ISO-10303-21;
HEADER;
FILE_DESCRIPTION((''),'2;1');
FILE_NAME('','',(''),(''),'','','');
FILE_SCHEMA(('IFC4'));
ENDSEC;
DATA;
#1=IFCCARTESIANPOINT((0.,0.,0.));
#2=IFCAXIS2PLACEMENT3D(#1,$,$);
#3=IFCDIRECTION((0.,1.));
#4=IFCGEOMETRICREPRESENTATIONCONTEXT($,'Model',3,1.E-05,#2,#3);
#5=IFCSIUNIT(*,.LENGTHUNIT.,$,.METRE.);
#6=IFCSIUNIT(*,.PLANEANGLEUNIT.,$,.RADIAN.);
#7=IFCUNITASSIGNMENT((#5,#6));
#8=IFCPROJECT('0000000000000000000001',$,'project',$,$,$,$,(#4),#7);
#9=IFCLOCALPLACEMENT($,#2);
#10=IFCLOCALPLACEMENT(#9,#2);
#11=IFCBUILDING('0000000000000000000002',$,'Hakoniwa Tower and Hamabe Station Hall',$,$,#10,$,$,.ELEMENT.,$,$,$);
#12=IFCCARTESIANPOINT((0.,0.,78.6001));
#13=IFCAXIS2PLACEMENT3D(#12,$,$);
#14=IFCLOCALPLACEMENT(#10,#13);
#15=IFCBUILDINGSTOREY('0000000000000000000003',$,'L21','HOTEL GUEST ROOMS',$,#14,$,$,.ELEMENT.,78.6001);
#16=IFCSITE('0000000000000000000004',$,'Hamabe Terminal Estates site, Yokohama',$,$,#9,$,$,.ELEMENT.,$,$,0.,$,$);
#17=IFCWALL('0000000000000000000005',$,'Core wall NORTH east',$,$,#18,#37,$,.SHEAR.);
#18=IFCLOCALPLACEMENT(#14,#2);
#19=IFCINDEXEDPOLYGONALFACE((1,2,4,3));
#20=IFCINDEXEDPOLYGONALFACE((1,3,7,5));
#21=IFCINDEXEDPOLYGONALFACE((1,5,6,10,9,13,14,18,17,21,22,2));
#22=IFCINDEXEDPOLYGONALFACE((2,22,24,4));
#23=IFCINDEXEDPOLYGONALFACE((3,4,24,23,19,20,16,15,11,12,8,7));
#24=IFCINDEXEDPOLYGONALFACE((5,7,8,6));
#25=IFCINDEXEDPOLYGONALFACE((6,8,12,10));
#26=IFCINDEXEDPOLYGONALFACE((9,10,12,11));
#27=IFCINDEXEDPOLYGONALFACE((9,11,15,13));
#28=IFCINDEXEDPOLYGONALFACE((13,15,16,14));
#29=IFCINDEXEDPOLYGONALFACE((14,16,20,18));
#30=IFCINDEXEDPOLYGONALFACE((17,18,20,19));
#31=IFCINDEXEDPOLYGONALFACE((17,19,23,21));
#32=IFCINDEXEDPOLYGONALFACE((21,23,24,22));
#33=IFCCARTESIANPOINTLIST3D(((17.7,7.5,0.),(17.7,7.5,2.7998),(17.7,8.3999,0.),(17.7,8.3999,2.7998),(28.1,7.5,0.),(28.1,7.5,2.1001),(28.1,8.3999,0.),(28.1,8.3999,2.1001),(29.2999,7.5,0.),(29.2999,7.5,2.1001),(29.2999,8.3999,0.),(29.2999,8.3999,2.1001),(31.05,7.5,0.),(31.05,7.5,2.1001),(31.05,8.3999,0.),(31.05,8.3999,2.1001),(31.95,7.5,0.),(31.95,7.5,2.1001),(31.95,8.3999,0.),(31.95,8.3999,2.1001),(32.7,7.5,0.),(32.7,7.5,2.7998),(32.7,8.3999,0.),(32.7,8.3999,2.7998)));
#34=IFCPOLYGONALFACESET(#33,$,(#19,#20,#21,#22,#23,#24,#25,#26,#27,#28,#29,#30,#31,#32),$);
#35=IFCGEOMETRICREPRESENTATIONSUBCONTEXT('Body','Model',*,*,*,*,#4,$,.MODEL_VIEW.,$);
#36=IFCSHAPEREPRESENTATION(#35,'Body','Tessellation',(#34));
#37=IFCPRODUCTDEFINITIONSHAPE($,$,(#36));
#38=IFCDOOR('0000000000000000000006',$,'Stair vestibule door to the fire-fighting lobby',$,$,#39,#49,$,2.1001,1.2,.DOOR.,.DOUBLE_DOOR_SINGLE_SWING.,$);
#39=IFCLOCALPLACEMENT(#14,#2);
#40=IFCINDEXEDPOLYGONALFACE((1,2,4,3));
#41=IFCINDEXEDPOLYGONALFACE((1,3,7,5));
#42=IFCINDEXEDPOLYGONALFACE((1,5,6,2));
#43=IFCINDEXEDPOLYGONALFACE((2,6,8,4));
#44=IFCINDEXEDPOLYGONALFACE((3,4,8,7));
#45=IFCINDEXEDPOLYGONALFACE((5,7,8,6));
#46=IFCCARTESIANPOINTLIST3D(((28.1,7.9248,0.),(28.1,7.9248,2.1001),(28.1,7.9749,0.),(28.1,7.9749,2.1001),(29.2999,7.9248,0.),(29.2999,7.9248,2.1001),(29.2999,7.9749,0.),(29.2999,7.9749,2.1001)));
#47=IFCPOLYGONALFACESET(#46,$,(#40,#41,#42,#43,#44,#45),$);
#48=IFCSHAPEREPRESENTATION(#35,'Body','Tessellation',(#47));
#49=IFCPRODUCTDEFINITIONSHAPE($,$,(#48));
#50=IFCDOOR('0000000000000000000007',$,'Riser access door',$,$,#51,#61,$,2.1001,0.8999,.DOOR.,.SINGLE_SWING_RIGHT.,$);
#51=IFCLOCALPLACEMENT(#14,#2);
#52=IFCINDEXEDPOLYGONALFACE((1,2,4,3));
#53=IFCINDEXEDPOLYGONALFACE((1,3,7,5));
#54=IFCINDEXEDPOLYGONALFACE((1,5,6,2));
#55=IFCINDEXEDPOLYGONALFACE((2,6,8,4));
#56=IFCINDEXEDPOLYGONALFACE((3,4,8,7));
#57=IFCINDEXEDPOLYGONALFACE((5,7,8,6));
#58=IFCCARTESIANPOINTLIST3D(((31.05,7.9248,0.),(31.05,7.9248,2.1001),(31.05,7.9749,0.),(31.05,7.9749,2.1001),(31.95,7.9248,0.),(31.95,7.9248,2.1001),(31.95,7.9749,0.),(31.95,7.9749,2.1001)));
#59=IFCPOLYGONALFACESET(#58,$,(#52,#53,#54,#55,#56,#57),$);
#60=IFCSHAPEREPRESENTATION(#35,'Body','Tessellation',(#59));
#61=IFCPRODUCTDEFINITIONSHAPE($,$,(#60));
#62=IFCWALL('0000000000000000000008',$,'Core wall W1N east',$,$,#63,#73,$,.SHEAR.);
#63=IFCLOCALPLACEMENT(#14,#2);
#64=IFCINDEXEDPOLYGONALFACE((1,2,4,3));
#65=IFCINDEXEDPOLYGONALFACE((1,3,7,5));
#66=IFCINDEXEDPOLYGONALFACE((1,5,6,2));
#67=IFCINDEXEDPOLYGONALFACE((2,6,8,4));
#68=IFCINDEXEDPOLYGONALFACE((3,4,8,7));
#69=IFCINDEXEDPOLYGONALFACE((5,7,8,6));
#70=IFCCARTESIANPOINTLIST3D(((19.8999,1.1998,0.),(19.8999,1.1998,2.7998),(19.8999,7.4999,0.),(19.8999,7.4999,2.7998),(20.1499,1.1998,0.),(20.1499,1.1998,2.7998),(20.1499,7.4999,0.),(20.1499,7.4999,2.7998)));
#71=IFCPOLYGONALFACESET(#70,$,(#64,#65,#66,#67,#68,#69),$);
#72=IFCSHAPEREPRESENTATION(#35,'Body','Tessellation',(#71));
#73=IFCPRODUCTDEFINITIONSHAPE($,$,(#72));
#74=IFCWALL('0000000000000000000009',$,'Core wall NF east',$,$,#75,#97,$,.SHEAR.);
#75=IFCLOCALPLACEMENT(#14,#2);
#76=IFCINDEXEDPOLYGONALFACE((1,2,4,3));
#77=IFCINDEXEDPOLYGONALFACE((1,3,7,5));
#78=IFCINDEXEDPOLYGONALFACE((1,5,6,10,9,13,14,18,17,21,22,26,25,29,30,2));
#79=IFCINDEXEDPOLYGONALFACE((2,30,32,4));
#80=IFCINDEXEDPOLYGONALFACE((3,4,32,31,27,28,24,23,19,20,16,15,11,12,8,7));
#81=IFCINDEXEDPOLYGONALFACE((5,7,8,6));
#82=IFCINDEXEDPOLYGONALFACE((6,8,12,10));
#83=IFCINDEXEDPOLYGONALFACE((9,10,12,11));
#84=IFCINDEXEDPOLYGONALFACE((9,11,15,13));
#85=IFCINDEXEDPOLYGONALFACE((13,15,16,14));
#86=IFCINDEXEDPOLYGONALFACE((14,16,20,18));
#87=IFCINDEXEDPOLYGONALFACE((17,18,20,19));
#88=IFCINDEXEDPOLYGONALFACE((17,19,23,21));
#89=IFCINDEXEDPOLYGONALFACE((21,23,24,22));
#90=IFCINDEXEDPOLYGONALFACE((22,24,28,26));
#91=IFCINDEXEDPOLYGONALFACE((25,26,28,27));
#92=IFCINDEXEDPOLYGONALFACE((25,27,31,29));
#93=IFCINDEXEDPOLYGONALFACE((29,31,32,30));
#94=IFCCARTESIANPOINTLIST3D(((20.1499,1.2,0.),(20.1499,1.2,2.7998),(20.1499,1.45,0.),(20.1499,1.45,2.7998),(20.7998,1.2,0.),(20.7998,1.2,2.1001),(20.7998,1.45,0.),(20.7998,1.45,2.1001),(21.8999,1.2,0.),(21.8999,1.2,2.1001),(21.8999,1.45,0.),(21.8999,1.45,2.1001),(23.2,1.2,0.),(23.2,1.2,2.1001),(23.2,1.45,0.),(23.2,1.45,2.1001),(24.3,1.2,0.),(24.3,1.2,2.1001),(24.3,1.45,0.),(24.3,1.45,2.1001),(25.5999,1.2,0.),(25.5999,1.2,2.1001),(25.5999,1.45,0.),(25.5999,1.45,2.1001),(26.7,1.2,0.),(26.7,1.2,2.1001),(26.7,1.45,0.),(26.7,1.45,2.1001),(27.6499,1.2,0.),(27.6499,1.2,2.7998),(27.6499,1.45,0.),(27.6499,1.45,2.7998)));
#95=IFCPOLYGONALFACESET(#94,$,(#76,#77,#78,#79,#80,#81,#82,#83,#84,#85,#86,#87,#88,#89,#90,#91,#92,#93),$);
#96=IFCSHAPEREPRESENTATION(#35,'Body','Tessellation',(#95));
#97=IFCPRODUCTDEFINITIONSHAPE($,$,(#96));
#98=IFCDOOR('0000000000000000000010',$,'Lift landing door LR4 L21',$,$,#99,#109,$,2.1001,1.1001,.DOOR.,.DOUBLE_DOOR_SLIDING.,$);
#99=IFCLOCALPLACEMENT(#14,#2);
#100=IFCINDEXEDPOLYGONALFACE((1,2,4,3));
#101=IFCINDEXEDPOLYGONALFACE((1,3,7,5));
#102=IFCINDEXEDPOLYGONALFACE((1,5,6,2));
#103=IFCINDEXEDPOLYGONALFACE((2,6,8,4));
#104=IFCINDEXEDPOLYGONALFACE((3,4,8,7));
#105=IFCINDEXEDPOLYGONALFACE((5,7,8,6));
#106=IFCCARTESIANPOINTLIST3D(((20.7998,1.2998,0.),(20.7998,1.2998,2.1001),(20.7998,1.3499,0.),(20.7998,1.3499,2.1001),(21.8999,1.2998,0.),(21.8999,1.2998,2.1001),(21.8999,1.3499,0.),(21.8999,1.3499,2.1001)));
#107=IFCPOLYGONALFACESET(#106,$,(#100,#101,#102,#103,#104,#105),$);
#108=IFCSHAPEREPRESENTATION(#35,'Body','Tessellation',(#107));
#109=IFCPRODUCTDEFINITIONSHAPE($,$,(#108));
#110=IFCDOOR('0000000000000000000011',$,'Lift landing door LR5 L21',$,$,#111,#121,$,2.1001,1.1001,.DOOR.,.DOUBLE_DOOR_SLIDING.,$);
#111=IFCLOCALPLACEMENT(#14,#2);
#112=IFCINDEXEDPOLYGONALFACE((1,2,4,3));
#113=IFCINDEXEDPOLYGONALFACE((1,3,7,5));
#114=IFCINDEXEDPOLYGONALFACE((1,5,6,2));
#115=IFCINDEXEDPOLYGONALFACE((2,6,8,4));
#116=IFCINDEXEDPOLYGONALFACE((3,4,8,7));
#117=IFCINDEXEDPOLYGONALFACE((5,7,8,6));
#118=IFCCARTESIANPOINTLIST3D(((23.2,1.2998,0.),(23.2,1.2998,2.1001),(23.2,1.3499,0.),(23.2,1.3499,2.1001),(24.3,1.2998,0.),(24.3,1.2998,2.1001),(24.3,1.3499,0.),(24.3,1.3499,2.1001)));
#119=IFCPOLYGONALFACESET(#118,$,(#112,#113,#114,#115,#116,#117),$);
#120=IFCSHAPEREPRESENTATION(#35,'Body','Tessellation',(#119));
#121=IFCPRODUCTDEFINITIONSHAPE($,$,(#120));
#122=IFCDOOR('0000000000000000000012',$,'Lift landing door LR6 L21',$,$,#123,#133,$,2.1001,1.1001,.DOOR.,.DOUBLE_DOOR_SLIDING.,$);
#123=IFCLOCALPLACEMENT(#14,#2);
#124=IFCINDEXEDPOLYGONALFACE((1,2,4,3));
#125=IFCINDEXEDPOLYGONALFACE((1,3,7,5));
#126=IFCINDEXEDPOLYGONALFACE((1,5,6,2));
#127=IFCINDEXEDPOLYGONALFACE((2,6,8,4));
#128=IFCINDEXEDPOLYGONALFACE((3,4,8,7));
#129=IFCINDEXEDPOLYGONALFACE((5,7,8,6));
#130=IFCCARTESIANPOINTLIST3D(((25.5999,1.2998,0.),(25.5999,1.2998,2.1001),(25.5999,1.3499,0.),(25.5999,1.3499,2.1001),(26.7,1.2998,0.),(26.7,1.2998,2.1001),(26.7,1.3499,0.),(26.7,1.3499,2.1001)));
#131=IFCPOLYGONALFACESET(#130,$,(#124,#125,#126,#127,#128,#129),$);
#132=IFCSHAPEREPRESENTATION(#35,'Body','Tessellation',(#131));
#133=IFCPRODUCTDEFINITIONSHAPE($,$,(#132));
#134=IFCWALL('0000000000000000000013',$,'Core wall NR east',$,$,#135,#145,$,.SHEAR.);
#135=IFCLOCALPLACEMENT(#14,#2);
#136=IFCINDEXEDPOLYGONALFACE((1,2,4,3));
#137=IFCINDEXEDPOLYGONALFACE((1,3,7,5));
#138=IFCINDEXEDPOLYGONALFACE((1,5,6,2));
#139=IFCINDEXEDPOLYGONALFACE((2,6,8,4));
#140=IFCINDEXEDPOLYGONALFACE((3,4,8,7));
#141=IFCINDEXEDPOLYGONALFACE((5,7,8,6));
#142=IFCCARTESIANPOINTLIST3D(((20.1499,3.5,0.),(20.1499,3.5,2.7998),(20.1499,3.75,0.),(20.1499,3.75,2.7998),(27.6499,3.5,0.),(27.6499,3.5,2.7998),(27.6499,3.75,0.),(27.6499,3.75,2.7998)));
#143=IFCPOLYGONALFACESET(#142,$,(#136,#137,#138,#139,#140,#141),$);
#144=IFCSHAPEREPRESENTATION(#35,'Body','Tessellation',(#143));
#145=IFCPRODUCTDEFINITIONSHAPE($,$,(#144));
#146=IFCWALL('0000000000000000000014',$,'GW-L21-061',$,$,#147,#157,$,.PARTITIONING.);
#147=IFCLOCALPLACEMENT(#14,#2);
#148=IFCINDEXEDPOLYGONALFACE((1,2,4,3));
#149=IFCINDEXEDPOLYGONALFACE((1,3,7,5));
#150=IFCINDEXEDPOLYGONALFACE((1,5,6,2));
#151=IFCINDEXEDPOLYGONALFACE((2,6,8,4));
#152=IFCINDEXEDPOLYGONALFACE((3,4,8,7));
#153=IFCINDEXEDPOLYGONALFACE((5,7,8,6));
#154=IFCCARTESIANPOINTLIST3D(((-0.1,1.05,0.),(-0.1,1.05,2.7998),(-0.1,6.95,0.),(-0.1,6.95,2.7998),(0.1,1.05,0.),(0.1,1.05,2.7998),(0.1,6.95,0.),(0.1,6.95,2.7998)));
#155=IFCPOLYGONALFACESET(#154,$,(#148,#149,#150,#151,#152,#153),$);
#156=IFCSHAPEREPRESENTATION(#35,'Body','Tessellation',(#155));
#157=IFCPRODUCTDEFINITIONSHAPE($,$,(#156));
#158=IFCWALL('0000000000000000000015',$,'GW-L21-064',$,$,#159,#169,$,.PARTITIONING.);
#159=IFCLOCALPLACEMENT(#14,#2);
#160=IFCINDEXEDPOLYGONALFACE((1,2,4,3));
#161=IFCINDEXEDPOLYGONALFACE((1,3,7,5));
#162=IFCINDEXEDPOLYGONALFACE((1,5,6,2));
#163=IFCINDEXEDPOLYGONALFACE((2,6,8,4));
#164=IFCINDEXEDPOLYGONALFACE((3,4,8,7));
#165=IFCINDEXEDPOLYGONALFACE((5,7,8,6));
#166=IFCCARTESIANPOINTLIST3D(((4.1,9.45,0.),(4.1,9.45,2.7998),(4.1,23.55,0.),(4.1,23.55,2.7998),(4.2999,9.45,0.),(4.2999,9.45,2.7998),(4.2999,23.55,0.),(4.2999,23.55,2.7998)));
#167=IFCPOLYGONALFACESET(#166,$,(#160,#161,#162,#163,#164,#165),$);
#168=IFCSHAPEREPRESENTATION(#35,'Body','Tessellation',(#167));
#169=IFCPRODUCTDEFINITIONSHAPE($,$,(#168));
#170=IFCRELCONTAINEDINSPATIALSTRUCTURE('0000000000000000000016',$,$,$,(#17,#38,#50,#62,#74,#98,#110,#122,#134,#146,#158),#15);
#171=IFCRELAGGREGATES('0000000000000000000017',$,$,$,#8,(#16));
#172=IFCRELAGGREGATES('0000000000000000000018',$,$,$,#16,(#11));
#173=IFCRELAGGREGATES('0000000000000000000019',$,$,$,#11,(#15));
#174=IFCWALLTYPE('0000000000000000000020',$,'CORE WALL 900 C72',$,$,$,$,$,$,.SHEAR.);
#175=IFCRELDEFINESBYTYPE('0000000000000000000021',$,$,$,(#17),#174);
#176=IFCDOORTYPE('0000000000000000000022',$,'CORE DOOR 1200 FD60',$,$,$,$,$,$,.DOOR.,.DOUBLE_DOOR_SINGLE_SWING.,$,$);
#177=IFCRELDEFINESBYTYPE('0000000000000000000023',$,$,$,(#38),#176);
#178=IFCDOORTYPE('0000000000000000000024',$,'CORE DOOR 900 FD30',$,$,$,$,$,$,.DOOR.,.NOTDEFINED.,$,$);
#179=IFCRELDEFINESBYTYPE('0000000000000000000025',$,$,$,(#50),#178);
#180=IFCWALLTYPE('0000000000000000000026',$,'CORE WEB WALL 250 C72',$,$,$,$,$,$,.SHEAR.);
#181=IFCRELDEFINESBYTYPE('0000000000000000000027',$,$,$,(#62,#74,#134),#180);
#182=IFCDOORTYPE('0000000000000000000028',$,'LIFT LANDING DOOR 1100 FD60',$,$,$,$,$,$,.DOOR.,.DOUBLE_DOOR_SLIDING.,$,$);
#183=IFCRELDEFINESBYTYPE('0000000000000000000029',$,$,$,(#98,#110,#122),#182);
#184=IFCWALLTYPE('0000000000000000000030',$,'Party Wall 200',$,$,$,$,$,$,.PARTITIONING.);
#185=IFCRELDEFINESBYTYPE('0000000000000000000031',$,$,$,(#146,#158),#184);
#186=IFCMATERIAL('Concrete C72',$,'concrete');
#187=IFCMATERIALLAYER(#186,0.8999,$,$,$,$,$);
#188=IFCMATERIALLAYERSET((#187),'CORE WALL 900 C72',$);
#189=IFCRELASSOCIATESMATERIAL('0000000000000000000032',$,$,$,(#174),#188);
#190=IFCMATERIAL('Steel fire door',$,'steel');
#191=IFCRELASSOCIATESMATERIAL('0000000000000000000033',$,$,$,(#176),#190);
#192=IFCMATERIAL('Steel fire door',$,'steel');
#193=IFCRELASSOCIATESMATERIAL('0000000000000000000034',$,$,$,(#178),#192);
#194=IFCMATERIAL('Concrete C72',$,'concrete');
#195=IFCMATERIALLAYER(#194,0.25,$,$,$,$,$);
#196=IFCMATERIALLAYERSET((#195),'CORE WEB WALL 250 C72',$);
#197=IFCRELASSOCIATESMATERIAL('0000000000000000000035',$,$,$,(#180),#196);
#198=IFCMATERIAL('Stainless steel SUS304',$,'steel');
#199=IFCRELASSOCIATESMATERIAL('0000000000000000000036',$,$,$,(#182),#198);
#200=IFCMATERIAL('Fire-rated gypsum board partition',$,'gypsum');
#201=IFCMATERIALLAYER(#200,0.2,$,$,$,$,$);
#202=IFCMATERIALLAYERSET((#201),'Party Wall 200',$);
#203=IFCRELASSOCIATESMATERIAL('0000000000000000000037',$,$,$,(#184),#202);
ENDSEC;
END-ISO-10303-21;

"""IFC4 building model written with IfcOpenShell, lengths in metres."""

from ifc_helpers import new_model, si_unit, direction, frame, frame_2d, origin, place, context, subcontext, project, spatial, rectangle, extrude, material, layer, layer_set, type_object, element, fill, save


model = new_model("IFC4")

# Units and contexts
model_context = context("Model", 3, precision=1e-05, world=origin(), true_north=direction((0.0, 1.0)))
body_context = subcontext(model_context, "Body", "Model", "MODEL_VIEW")
ifc_project = project(units=[si_unit("LENGTHUNIT", "METRE"), si_unit("PLANEANGLEUNIT", "RADIAN")], contexts=[model_context])

# Site, building, storey
site_placement = place(None, origin())
site = spatial("IfcSite", under=ifc_project, at=site_placement, Name="Hamabe Terminal Estates site, Yokohama", CompositionType="ELEMENT", RefElevation=0.0)
building_placement = place(site_placement, origin())
building = spatial("IfcBuilding", under=site, at=building_placement, Name="Hakoniwa Tower and Hamabe Station Hall", CompositionType="ELEMENT")
storey_placement = place(building_placement, frame((0.0, 0.0, 78.6001)))
storey = spatial("IfcBuildingStorey", under=building, at=storey_placement, Name="L21", Description="HOTEL GUEST ROOMS", CompositionType="ELEMENT", Elevation=78.6001)

# Wall, openings, doors
ifc_material_1 = material(Name="Concrete C72", Category="concrete")
ifc_layer_1 = layer(ifc_material_1, 0.8999)
ifc_layer_set_1 = layer_set([ifc_layer_1], Name="CORE WALL 900 C72")
wall_type_1 = type_object("IfcWallType", Name="CORE WALL 900 C72", PredefinedType="SHEAR", material=ifc_layer_set_1)
wall_1_placement = place(storey_placement, frame((17.7, 7.95, 0.0), z_axis=(0.0, 0.0, 1.0), x_axis=(1.0, 0.0, 0.0)))
wall_1 = element("IfcWall", 1, at=wall_1_placement, inside=storey, type_object=wall_type_1, Name="Core wall NORTH east", PredefinedType="SHEAR", context=body_context, shape_type="SweptSolid", body=[
    extrude(rectangle(XDim=15.0, YDim=0.8999, at=frame_2d((7.5, 0.0))), origin(), (0.0, 0.0, 1.0), 2.7998),
])
opening_1_placement = place(wall_1_placement, frame((10.3999, 0.0, 0.0)))
opening_1 = element("IfcOpeningElement", 2, at=opening_1_placement, cuts=wall_1, PredefinedType="OPENING", context=body_context, shape_type="SweptSolid", body=[
    extrude(rectangle(XDim=1.2, YDim=2.1001, at=frame_2d((0.6001, 1.05))), frame((0.0, 0.46, 0.0), z_axis=(0.0, -1.0, 0.0), x_axis=(1.0, 0.0, 0.0)), (0.0, 0.0, 1.0), 0.9199),
])
opening_2_placement = place(wall_1_placement, frame((13.3501, 0.0, 0.0)))
opening_2 = element("IfcOpeningElement", 3, at=opening_2_placement, cuts=wall_1, PredefinedType="OPENING", context=body_context, shape_type="SweptSolid", body=[
    extrude(rectangle(XDim=0.8999, YDim=2.1001, at=frame_2d((0.45, 1.05))), frame((0.0, 0.46, 0.0), z_axis=(0.0, -1.0, 0.0), x_axis=(1.0, 0.0, 0.0)), (0.0, 0.0, 1.0), 0.9199),
])
ifc_material_2 = material(Name="Steel fire door", Category="steel")
door_type_1 = type_object("IfcDoorType", Name="CORE DOOR 1200 FD60", OperationType="DOUBLE_DOOR_SINGLE_SWING", PredefinedType="DOOR", material=ifc_material_2)
door_1_placement = place(opening_1_placement, origin())
door_1 = element("IfcDoor", 4, at=door_1_placement, inside=storey, type_object=door_type_1, Name="Stair vestibule door to the fire-fighting lobby", OperationType="DOUBLE_DOOR_SINGLE_SWING", OverallHeight=2.1001, OverallWidth=1.2, PredefinedType="DOOR", context=body_context, shape_type="SweptSolid", body=[
    extrude(rectangle(XDim=1.2, YDim=2.1001, at=frame_2d((0.6001, 1.05))), frame((0.0, 0.0249, 0.0), z_axis=(0.0, -1.0, 0.0), x_axis=(1.0, 0.0, 0.0)), (0.0, 0.0, 1.0), 0.05),
])
fill(opening_1, door_1)
ifc_material_3 = material(Name="Steel fire door", Category="steel")
door_type_2 = type_object("IfcDoorType", Name="CORE DOOR 900 FD30", OperationType="NOTDEFINED", PredefinedType="DOOR", material=ifc_material_3)
door_2_placement = place(opening_2_placement, origin())
door_2 = element("IfcDoor", 5, at=door_2_placement, inside=storey, type_object=door_type_2, Name="Riser access door", OperationType="SINGLE_SWING_RIGHT", OverallHeight=2.1001, OverallWidth=0.8999, PredefinedType="DOOR", context=body_context, shape_type="SweptSolid", body=[
    extrude(rectangle(XDim=0.8999, YDim=2.1001, at=frame_2d((0.45, 1.05))), frame((0.0, 0.0249, 0.0), z_axis=(0.0, -1.0, 0.0), x_axis=(1.0, 0.0, 0.0)), (0.0, 0.0, 1.0), 0.05),
])
fill(opening_2, door_2)

# Wall
ifc_material_4 = material(Name="Concrete C72", Category="concrete")
ifc_layer_2 = layer(ifc_material_4, 0.25)
ifc_layer_set_2 = layer_set([ifc_layer_2], Name="CORE WEB WALL 250 C72")
wall_type_2 = type_object("IfcWallType", Name="CORE WEB WALL 250 C72", PredefinedType="SHEAR", material=ifc_layer_set_2)
wall_2_placement = place(storey_placement, frame((20.0249, 1.2, 0.0), z_axis=(0.0, 0.0, 1.0), x_axis=(0.0, 1.0, 0.0)))
element("IfcWall", 6, at=wall_2_placement, inside=storey, type_object=wall_type_2, Name="Core wall W1N east", PredefinedType="SHEAR", context=body_context, shape_type="SweptSolid", body=[
    extrude(rectangle(XDim=6.3, YDim=0.25, at=frame_2d((3.1499, 0.0))), origin(), (0.0, 0.0, 1.0), 2.7998),
])

# Wall, openings, doors
wall_3_placement = place(storey_placement, frame((20.1499, 1.325, 0.0), z_axis=(0.0, 0.0, 1.0), x_axis=(1.0, 0.0, 0.0)))
wall_3 = element("IfcWall", 7, at=wall_3_placement, inside=storey, type_object=wall_type_2, Name="Core wall NF east", PredefinedType="SHEAR", context=body_context, shape_type="SweptSolid", body=[
    extrude(rectangle(XDim=7.5, YDim=0.25, at=frame_2d((3.75, 0.0))), origin(), (0.0, 0.0, 1.0), 2.7998),
])
opening_3_placement = place(wall_3_placement, frame((0.6499, 0.0, 0.0)))
opening_3 = element("IfcOpeningElement", 8, at=opening_3_placement, cuts=wall_3, PredefinedType="OPENING", context=body_context, shape_type="SweptSolid", body=[
    extrude(rectangle(XDim=1.1001, YDim=2.1001, at=frame_2d((0.55, 1.05))), frame((0.0, 0.135, 0.0), z_axis=(0.0, -1.0, 0.0), x_axis=(1.0, 0.0, 0.0)), (0.0, 0.0, 1.0), 0.27),
])
opening_4_placement = place(wall_3_placement, frame((3.05, 0.0, 0.0)))
opening_4 = element("IfcOpeningElement", 9, at=opening_4_placement, cuts=wall_3, PredefinedType="OPENING", context=body_context, shape_type="SweptSolid", body=[
    extrude(rectangle(XDim=1.1001, YDim=2.1001, at=frame_2d((0.55, 1.05))), frame((0.0, 0.135, 0.0), z_axis=(0.0, -1.0, 0.0), x_axis=(1.0, 0.0, 0.0)), (0.0, 0.0, 1.0), 0.27),
])
opening_5_placement = place(wall_3_placement, frame((5.45, 0.0, 0.0)))
opening_5 = element("IfcOpeningElement", 10, at=opening_5_placement, cuts=wall_3, PredefinedType="OPENING", context=body_context, shape_type="SweptSolid", body=[
    extrude(rectangle(XDim=1.1001, YDim=2.1001, at=frame_2d((0.55, 1.05))), frame((0.0, 0.135, 0.0), z_axis=(0.0, -1.0, 0.0), x_axis=(1.0, 0.0, 0.0)), (0.0, 0.0, 1.0), 0.27),
])
ifc_material_5 = material(Name="Stainless steel SUS304", Category="steel")
door_type_3 = type_object("IfcDoorType", Name="LIFT LANDING DOOR 1100 FD60", OperationType="DOUBLE_DOOR_SLIDING", PredefinedType="DOOR", material=ifc_material_5)
door_3_placement = place(opening_3_placement, origin())
door_3 = element("IfcDoor", 11, at=door_3_placement, inside=storey, type_object=door_type_3, Name="Lift landing door LR4 L21", OperationType="DOUBLE_DOOR_SLIDING", OverallHeight=2.1001, OverallWidth=1.1001, PredefinedType="DOOR", context=body_context, shape_type="SweptSolid", body=[
    extrude(rectangle(XDim=1.1001, YDim=2.1001, at=frame_2d((0.55, 1.05))), frame((0.0, 0.0249, 0.0), z_axis=(0.0, -1.0, 0.0), x_axis=(1.0, 0.0, 0.0)), (0.0, 0.0, 1.0), 0.05),
])
fill(opening_3, door_3)
door_4_placement = place(opening_4_placement, origin())
door_4 = element("IfcDoor", 12, at=door_4_placement, inside=storey, type_object=door_type_3, Name="Lift landing door LR5 L21", OperationType="DOUBLE_DOOR_SLIDING", OverallHeight=2.1001, OverallWidth=1.1001, PredefinedType="DOOR", context=body_context, shape_type="SweptSolid", body=[
    extrude(rectangle(XDim=1.1001, YDim=2.1001, at=frame_2d((0.55, 1.05))), frame((0.0, 0.0249, 0.0), z_axis=(0.0, -1.0, 0.0), x_axis=(1.0, 0.0, 0.0)), (0.0, 0.0, 1.0), 0.05),
])
fill(opening_4, door_4)
door_5_placement = place(opening_5_placement, origin())
door_5 = element("IfcDoor", 13, at=door_5_placement, inside=storey, type_object=door_type_3, Name="Lift landing door LR6 L21", OperationType="DOUBLE_DOOR_SLIDING", OverallHeight=2.1001, OverallWidth=1.1001, PredefinedType="DOOR", context=body_context, shape_type="SweptSolid", body=[
    extrude(rectangle(XDim=1.1001, YDim=2.1001, at=frame_2d((0.55, 1.05))), frame((0.0, 0.0249, 0.0), z_axis=(0.0, -1.0, 0.0), x_axis=(1.0, 0.0, 0.0)), (0.0, 0.0, 1.0), 0.05),
])
fill(opening_5, door_5)

# Walls
wall_4_placement = place(storey_placement, frame((20.1499, 3.625, 0.0), z_axis=(0.0, 0.0, 1.0), x_axis=(1.0, 0.0, 0.0)))
element("IfcWall", 14, at=wall_4_placement, inside=storey, type_object=wall_type_2, Name="Core wall NR east", PredefinedType="SHEAR", context=body_context, shape_type="SweptSolid", body=[
    extrude(rectangle(XDim=7.5, YDim=0.25, at=frame_2d((3.75, 0.0))), origin(), (0.0, 0.0, 1.0), 2.7998),
])
ifc_material_6 = material(Name="Fire-rated gypsum board partition", Category="gypsum")
ifc_layer_3 = layer(ifc_material_6, 0.2)
ifc_layer_set_3 = layer_set([ifc_layer_3], Name="Party Wall 200")
wall_type_3 = type_object("IfcWallType", Name="Party Wall 200", PredefinedType="PARTITIONING", material=ifc_layer_set_3)
wall_5_placement = place(storey_placement, frame((0.0, 1.05, 0.0), z_axis=(0.0, 0.0, 1.0), x_axis=(0.0, 1.0, 0.0)))
element("IfcWall", 15, at=wall_5_placement, inside=storey, type_object=wall_type_3, Name="GW-L21-061", PredefinedType="PARTITIONING", context=body_context, shape_type="SweptSolid", body=[
    extrude(rectangle(XDim=5.8999, YDim=0.2, at=frame_2d((2.95, 0.0))), origin(), (0.0, 0.0, 1.0), 2.7998),
])
wall_6_placement = place(storey_placement, frame((4.2, 9.45, 0.0), z_axis=(0.0, 0.0, 1.0), x_axis=(0.0, 1.0, 0.0)))
element("IfcWall", 16, at=wall_6_placement, inside=storey, type_object=wall_type_3, Name="GW-L21-064", PredefinedType="PARTITIONING", context=body_context, shape_type="SweptSolid", body=[
    extrude(rectangle(XDim=14.1001, YDim=0.2, at=frame_2d((7.05, 0.0))), origin(), (0.0, 0.0, 1.0), 2.7998),
])

save(model, "model.ifc")
